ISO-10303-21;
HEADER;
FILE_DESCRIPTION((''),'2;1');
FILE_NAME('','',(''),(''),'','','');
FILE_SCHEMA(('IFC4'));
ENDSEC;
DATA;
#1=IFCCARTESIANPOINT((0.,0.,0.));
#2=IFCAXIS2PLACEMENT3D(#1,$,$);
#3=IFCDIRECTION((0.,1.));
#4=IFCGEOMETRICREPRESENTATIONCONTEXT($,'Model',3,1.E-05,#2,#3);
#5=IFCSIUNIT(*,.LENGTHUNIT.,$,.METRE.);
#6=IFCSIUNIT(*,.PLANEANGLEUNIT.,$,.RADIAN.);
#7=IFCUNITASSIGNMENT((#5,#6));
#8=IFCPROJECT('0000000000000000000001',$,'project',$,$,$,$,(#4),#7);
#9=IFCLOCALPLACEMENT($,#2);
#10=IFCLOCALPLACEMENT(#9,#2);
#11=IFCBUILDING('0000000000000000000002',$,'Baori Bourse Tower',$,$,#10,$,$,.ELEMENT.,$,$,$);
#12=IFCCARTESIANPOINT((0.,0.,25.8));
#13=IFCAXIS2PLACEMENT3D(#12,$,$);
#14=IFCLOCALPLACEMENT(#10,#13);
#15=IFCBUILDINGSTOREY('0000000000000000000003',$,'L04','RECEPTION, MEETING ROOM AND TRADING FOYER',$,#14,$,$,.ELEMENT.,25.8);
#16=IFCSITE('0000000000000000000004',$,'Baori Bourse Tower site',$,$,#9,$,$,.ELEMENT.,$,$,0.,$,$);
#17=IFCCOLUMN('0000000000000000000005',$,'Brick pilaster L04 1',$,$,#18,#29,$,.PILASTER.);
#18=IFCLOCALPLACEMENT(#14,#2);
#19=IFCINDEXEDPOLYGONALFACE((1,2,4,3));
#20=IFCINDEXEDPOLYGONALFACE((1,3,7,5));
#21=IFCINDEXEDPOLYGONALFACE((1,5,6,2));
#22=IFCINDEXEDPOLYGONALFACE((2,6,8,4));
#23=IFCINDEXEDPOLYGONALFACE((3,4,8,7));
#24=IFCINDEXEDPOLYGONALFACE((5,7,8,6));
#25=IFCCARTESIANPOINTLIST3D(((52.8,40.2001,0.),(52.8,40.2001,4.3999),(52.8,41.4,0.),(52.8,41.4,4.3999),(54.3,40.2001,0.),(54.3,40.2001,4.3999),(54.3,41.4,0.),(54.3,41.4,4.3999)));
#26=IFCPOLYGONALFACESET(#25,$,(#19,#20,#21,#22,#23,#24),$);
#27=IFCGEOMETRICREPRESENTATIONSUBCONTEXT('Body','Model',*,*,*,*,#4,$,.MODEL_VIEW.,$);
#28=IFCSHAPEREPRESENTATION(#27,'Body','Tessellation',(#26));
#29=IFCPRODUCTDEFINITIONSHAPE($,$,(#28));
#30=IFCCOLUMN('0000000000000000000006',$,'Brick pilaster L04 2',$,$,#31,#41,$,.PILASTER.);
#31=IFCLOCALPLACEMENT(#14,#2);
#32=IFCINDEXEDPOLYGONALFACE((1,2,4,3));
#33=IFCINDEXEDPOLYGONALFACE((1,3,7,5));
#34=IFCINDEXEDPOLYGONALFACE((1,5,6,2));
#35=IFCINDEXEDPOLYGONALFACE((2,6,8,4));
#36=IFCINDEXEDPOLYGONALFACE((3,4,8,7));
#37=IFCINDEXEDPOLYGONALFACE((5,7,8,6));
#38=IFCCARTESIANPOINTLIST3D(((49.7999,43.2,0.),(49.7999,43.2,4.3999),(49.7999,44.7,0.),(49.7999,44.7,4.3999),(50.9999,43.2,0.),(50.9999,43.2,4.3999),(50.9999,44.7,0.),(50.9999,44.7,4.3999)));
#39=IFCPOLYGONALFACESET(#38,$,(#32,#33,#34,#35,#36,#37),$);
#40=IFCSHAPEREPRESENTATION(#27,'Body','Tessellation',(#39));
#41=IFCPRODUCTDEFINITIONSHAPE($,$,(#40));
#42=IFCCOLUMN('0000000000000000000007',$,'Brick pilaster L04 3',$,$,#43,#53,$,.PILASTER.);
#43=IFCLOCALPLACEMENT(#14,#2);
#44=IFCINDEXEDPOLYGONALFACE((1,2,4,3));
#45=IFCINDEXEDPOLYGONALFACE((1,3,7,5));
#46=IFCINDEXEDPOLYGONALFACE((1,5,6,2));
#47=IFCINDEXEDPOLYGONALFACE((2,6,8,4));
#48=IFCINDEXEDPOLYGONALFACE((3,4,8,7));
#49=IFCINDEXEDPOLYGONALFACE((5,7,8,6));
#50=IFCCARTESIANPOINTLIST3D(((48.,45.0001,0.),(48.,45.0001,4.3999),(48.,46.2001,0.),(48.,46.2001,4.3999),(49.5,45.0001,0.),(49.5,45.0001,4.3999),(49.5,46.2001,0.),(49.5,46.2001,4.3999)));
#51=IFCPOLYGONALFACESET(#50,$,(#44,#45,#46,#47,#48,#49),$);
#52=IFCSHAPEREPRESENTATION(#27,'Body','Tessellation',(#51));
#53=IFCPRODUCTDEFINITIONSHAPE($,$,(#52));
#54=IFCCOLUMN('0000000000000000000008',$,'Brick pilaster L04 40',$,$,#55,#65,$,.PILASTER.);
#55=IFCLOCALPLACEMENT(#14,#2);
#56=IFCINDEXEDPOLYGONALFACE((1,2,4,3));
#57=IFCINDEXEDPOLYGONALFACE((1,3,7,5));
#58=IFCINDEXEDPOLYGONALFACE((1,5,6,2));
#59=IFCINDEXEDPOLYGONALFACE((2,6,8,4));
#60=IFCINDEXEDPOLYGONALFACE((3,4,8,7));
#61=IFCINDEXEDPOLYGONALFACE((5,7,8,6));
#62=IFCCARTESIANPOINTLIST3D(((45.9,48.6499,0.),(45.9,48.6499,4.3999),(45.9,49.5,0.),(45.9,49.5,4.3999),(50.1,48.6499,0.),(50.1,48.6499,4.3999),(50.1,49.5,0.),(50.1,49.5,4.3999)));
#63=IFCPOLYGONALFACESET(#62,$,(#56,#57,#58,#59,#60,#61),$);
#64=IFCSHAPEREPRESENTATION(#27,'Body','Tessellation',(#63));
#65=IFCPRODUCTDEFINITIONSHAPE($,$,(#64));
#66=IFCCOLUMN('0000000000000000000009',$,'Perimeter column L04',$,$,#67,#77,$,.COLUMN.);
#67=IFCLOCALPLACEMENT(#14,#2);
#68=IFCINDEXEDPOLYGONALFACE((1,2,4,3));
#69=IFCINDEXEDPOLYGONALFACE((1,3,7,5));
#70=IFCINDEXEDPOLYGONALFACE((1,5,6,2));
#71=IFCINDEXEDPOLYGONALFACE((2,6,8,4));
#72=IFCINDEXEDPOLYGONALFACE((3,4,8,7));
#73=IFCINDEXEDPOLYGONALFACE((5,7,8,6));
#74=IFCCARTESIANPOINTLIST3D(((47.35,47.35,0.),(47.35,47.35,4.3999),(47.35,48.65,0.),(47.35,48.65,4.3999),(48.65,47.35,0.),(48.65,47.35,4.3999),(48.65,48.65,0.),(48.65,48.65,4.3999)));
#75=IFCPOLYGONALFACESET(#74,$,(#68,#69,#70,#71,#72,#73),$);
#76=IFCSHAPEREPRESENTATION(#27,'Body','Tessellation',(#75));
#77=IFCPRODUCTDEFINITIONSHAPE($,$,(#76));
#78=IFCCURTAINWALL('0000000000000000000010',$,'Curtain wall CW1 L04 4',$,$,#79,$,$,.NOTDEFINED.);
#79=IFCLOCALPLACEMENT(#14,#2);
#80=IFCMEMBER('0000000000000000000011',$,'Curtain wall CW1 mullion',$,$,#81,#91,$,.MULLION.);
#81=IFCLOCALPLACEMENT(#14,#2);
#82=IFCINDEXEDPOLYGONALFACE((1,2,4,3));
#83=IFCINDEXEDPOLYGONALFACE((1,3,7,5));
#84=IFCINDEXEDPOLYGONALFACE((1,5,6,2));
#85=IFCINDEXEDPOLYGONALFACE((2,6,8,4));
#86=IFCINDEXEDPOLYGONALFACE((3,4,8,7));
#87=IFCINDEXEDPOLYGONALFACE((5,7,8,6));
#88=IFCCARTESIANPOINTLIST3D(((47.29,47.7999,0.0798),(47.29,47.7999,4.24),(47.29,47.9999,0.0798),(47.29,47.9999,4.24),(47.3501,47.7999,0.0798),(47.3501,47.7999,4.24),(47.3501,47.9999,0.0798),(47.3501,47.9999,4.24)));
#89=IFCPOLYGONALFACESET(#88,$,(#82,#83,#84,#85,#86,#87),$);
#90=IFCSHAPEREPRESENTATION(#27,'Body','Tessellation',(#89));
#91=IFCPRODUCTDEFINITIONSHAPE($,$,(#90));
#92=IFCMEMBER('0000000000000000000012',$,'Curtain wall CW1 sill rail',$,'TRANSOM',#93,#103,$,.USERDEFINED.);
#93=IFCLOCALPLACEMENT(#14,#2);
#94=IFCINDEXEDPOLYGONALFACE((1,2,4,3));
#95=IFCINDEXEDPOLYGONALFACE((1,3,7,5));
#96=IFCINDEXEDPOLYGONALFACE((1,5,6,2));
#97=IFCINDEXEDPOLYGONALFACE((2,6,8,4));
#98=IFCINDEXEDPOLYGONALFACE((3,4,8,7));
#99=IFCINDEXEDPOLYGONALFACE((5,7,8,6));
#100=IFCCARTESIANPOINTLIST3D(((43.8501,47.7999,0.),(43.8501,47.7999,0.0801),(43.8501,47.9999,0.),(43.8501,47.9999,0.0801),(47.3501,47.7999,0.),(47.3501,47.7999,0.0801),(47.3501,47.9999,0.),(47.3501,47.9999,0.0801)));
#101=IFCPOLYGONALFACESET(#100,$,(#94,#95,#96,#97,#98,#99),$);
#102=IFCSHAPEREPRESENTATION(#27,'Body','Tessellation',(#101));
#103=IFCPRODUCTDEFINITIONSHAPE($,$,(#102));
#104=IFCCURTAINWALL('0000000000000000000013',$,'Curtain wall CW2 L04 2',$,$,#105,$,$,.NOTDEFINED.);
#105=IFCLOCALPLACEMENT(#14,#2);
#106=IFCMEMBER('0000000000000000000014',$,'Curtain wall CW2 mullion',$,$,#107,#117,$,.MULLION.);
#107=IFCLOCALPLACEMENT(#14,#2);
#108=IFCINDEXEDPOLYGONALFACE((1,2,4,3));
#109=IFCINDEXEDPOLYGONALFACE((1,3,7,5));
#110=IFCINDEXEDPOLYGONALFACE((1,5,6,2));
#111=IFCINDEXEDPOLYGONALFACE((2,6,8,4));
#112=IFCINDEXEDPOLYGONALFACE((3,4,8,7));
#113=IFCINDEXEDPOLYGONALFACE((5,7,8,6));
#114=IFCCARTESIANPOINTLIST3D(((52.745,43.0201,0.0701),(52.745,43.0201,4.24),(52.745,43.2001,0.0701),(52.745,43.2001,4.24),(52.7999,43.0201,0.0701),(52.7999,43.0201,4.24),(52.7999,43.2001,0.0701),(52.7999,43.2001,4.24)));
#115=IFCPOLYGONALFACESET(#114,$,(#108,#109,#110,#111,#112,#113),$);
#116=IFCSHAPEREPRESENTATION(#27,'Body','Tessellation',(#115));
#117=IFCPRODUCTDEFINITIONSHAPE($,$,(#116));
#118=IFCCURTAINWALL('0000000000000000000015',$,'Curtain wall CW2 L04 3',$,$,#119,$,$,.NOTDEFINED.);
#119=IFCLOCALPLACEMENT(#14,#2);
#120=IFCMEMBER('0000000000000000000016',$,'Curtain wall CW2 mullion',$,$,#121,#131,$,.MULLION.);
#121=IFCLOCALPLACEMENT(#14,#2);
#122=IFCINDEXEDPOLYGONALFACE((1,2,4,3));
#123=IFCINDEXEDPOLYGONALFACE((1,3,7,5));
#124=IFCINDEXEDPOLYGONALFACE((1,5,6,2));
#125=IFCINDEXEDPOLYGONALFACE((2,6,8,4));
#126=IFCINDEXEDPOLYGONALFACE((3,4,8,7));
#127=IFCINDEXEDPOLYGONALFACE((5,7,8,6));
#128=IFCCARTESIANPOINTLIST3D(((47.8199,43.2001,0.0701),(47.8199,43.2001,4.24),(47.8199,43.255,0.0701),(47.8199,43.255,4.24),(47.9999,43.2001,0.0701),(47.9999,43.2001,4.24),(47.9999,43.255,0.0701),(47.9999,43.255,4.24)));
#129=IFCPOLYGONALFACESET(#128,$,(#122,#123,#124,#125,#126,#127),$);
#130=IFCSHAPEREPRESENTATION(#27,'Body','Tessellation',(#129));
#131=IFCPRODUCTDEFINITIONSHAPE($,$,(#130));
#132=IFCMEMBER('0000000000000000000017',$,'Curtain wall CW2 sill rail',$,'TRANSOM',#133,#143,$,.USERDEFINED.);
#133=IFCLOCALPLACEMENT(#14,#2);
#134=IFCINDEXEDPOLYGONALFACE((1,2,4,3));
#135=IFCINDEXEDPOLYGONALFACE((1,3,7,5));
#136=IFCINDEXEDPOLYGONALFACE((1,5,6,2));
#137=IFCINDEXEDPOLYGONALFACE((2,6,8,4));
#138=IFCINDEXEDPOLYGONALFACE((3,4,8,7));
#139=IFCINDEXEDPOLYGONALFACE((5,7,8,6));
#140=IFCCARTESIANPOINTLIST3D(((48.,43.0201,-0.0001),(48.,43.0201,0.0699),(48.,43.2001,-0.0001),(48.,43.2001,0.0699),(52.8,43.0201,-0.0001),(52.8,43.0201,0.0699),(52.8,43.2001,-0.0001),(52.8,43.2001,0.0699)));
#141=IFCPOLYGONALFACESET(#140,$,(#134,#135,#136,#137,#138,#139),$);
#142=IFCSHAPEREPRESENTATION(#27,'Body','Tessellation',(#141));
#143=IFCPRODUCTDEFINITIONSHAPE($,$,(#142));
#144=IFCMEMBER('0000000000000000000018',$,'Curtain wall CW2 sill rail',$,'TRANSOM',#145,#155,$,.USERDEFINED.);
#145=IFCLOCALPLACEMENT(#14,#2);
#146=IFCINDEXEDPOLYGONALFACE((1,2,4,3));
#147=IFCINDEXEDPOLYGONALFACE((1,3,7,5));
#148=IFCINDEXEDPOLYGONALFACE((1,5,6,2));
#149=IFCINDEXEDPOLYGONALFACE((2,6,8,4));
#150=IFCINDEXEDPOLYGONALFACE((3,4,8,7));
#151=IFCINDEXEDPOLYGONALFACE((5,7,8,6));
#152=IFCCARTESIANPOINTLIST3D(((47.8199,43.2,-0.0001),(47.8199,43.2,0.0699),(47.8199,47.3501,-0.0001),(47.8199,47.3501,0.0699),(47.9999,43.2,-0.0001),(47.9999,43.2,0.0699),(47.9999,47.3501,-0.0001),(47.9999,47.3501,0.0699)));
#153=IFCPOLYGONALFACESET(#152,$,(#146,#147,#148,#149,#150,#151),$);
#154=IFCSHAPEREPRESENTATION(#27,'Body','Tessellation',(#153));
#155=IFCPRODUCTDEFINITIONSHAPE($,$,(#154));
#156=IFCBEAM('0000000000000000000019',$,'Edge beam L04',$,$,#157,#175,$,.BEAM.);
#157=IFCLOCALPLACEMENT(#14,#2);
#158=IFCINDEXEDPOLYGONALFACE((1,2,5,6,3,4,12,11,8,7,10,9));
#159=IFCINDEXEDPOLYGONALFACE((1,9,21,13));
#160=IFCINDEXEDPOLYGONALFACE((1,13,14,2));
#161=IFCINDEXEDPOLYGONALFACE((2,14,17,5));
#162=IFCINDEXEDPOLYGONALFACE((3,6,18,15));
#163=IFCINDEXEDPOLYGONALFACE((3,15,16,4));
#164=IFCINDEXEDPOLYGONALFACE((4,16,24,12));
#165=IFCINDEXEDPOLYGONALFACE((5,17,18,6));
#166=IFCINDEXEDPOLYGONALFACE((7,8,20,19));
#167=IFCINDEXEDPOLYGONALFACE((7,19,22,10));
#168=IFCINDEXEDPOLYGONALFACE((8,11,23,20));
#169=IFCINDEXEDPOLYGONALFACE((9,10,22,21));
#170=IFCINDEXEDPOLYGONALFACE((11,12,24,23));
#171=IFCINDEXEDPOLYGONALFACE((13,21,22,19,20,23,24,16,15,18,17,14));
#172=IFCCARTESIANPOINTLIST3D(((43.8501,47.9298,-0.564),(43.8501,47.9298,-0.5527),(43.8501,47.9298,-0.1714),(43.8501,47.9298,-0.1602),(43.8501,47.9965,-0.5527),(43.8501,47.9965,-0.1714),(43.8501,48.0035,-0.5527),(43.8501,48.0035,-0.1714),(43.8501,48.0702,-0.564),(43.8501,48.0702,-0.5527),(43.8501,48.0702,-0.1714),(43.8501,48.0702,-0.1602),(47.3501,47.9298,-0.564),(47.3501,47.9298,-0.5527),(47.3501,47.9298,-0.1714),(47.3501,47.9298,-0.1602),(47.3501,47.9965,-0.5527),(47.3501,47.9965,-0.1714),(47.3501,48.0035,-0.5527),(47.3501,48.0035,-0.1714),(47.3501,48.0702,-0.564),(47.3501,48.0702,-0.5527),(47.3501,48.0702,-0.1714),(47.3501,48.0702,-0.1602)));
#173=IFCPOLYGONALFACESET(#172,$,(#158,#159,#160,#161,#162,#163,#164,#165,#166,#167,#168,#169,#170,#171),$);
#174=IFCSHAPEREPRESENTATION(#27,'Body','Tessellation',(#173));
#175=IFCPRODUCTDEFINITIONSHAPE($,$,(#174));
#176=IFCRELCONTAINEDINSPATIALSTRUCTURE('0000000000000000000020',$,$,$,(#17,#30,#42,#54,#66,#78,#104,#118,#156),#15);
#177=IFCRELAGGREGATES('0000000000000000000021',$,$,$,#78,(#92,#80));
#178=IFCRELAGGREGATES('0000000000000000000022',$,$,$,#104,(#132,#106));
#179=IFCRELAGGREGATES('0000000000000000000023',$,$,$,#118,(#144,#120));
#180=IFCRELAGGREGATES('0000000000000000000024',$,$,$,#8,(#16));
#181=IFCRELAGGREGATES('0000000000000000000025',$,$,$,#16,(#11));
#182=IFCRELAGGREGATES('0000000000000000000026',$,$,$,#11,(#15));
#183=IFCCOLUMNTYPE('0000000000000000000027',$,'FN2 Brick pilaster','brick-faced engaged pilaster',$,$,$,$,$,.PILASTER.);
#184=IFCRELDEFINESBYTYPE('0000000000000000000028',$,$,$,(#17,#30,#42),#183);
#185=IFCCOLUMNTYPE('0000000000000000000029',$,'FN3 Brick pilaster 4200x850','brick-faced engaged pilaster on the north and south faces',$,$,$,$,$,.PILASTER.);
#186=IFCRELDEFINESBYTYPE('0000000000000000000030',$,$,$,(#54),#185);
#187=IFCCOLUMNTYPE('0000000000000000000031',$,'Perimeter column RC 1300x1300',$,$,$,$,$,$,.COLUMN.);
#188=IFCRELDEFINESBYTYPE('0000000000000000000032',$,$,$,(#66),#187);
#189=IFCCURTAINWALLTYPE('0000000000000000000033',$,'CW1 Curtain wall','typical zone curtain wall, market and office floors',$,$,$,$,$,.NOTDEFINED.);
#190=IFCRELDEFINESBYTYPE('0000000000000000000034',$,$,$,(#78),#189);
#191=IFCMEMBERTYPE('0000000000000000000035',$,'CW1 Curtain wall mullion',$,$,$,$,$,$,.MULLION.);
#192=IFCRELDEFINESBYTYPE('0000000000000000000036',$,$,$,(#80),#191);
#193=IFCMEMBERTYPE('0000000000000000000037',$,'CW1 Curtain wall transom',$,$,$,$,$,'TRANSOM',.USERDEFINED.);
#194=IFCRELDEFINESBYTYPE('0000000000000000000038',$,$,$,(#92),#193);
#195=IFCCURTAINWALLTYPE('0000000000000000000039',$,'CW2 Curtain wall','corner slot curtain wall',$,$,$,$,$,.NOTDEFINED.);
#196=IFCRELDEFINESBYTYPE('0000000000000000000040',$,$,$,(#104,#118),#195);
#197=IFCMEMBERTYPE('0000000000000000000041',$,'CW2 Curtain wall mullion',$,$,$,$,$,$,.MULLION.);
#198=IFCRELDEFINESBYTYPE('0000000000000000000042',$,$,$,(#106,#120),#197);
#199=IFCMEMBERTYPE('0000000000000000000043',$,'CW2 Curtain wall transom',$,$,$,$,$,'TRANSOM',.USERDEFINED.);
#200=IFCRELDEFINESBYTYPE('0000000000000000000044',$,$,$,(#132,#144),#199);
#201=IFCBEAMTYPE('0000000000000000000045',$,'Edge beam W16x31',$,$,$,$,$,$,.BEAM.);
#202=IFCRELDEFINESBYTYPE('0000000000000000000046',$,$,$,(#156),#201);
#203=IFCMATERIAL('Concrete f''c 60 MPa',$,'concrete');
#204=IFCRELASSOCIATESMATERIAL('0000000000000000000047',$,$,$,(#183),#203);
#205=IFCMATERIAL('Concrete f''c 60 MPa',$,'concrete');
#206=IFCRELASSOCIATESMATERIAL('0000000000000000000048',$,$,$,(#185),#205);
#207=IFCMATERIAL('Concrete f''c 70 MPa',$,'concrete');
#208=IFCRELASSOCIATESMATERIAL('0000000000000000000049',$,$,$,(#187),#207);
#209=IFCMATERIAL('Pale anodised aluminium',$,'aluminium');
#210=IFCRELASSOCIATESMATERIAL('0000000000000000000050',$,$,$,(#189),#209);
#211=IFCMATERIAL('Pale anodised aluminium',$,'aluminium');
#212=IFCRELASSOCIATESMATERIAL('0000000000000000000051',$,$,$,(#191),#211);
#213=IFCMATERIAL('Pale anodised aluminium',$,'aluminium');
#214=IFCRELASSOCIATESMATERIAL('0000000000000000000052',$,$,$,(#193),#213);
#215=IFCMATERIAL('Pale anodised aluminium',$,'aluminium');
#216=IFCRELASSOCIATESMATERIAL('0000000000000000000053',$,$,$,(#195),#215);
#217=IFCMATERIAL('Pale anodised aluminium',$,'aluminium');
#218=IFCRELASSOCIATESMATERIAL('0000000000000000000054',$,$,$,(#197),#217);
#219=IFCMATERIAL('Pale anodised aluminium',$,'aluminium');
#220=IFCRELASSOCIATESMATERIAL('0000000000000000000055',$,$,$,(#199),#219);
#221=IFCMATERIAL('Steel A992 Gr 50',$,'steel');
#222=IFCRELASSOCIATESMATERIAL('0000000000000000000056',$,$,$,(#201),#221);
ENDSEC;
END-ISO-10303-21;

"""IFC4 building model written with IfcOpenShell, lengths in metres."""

from ifc_helpers import new_model, si_unit, direction, frame, origin, origin_2d, place, context, subcontext, project, spatial, rectangle, i_section, extrude, material, material_profile, profile_set, type_object, element, aggregate, save


model = new_model("IFC4")

# Units and contexts
model_context = context("Model", 3, precision=1e-05, world=origin(), true_north=direction((0.0, 1.0)))
body_context = subcontext(model_context, "Body", "Model", "MODEL_VIEW")
ifc_project = project(units=[si_unit("LENGTHUNIT", "METRE"), si_unit("PLANEANGLEUNIT", "RADIAN")], contexts=[model_context])

# Site, building, storey
site_placement = place(None, origin())
site = spatial("IfcSite", under=ifc_project, at=site_placement, Name="Baori Bourse Tower site", CompositionType="ELEMENT", RefElevation=0.0)
building_placement = place(site_placement, origin())
building = spatial("IfcBuilding", under=site, at=building_placement, Name="Baori Bourse Tower", CompositionType="ELEMENT")
storey_placement = place(building_placement, frame((0.0, 0.0, 25.8)))
storey = spatial("IfcBuildingStorey", under=building, at=storey_placement, Name="L04", Description="RECEPTION, MEETING ROOM AND TRADING FOYER", CompositionType="ELEMENT", Elevation=25.8)

# Columns
ifc_material_1 = material(Name="Concrete f'c 60 MPa", Category="concrete")
ifc_material_profile_1 = material_profile(ifc_material_1, rectangle(XDim=1.2, YDim=1.5, at=origin_2d()), Name="RC 1200x1500")
ifc_profile_set_1 = profile_set([ifc_material_profile_1], Name="Concrete f'c 60 MPa")
column_type_1 = type_object("IfcColumnType", Name="FN2 Brick pilaster", Description="brick-faced engaged pilaster", PredefinedType="PILASTER", material=ifc_profile_set_1)
for number, where, z_axis, x_axis, name in (
    (1, (53.55, 40.8, 0.0), (0.0, 0.0, 1.0), (0.0, 1.0, 0.0), "Brick pilaster L04 1"),
    (2, (50.3999, 43.95, 0.0), (0.0, 0.0, 1.0), (1.0, 0.0, 0.0), "Brick pilaster L04 2"),
    (3, (48.75, 45.6001, 0.0), (0.0, 0.0, 1.0), (0.0, 1.0, 0.0), "Brick pilaster L04 3"),
):
    element("IfcColumn", number, at=place(storey_placement, frame(where, z_axis=z_axis, x_axis=x_axis)), inside=storey, type_object=column_type_1, Name=name, PredefinedType="PILASTER", context=body_context, shape_type="SweptSolid", body=[
        extrude(rectangle(XDim=1.2, YDim=1.5, at=origin_2d()), origin(), (0.0, 0.0, 1.0), 4.3999),
    ])
ifc_material_2 = material(Name="Concrete f'c 60 MPa", Category="concrete")
ifc_material_profile_2 = material_profile(ifc_material_2, rectangle(XDim=4.2, YDim=0.8501, at=origin_2d()), Name="RC 4200x850")
ifc_profile_set_2 = profile_set([ifc_material_profile_2], Name="Concrete f'c 60 MPa")
column_type_2 = type_object("IfcColumnType", Name="FN3 Brick pilaster 4200x850", Description="brick-faced engaged pilaster on the north and south faces", PredefinedType="PILASTER", material=ifc_profile_set_2)
column_1_placement = place(storey_placement, frame((48.0, 49.075, 0.0), z_axis=(0.0, 0.0, 1.0), x_axis=(1.0, 0.0, 0.0)))
element("IfcColumn", 4, at=column_1_placement, inside=storey, type_object=column_type_2, Name="Brick pilaster L04 40", PredefinedType="PILASTER", context=body_context, shape_type="SweptSolid", body=[
    extrude(rectangle(XDim=4.2, YDim=0.8501, at=origin_2d()), origin(), (0.0, 0.0, 1.0), 4.3999),
])
ifc_material_3 = material(Name="Concrete f'c 70 MPa", Category="concrete")
ifc_material_profile_3 = material_profile(ifc_material_3, rectangle(XDim=1.3, YDim=1.3, at=origin_2d()), Name="RC 1300x1300")
ifc_profile_set_3 = profile_set([ifc_material_profile_3], Name="Concrete f'c 70 MPa")
column_type_3 = type_object("IfcColumnType", Name="Perimeter column RC 1300x1300", PredefinedType="COLUMN", material=ifc_profile_set_3)
column_2_placement = place(storey_placement, frame((48.0, 48.0, 0.0), z_axis=(0.0, 0.0, 1.0), x_axis=(1.0, 0.0, 0.0)))
element("IfcColumn", 5, at=column_2_placement, inside=storey, type_object=column_type_3, Name="Perimeter column L04", PredefinedType="COLUMN", context=body_context, shape_type="SweptSolid", body=[
    extrude(rectangle(XDim=1.3, YDim=1.3, at=origin_2d()), origin(), (0.0, 0.0, 1.0), 4.3999),
])

# Curtain wall, members
ifc_material_4 = material(Name="Pale anodised aluminium", Category="aluminium")
curtain_wall_type_1 = type_object("IfcCurtainWallType", Name="CW1 Curtain wall", Description="typical zone curtain wall, market and office floors", PredefinedType="NOTDEFINED", material=ifc_material_4)
curtain_wall_1_placement = place(storey_placement, origin())
curtain_wall_1 = element("IfcCurtainWall", 6, at=curtain_wall_1_placement, inside=storey, type_object=curtain_wall_type_1, Name="Curtain wall CW1 L04 4", PredefinedType="NOTDEFINED")
ifc_material_5 = material(Name="Pale anodised aluminium", Category="aluminium")
ifc_material_profile_4 = material_profile(ifc_material_5, rectangle(XDim=0.2, YDim=0.0601, at=origin_2d()), Name="Mullion 60x200")
ifc_profile_set_4 = profile_set([ifc_material_profile_4], Name="Pale anodised aluminium")
member_type_1 = type_object("IfcMemberType", Name="CW1 Curtain wall mullion", PredefinedType="MULLION", material=ifc_profile_set_4)
member_1_placement = place(storey_placement, frame((47.3201, 47.8999, 0.0798), z_axis=(0.0, 0.0, 1.0), x_axis=(0.0, -1.0, 0.0)))
member_1 = element("IfcMember", 7, at=member_1_placement, type_object=member_type_1, Name="Curtain wall CW1 mullion", PredefinedType="MULLION", context=body_context, shape_type="SweptSolid", body=[
    extrude(rectangle(XDim=0.2, YDim=0.0601, at=origin_2d()), origin(), (0.0, 0.0, 1.0), 4.1602),
])
ifc_material_6 = material(Name="Pale anodised aluminium", Category="aluminium")
ifc_material_profile_5 = material_profile(ifc_material_6, rectangle(XDim=0.2, YDim=0.0801, at=origin_2d()), Name="Transom 80x200")
ifc_profile_set_5 = profile_set([ifc_material_profile_5], Name="Pale anodised aluminium")
member_type_2 = type_object("IfcMemberType", Name="CW1 Curtain wall transom", ElementType="TRANSOM", PredefinedType="USERDEFINED", material=ifc_profile_set_5)
member_2_placement = place(storey_placement, frame((47.3501, 47.8999, 0.04), z_axis=(-1.0, 0.0, 0.0), x_axis=(0.0, -1.0, 0.0)))
member_2 = element("IfcMember", 8, at=member_2_placement, type_object=member_type_2, Name="Curtain wall CW1 sill rail", ObjectType="TRANSOM", PredefinedType="USERDEFINED", context=body_context, shape_type="SweptSolid", body=[
    extrude(rectangle(XDim=0.2, YDim=0.0801, at=origin_2d()), origin(), (0.0, 0.0, 1.0), 3.5),
])

# Curtain walls, members
ifc_material_7 = material(Name="Pale anodised aluminium", Category="aluminium")
curtain_wall_type_2 = type_object("IfcCurtainWallType", Name="CW2 Curtain wall", Description="corner slot curtain wall", PredefinedType="NOTDEFINED", material=ifc_material_7)
curtain_wall_2_placement = place(storey_placement, origin())
curtain_wall_2 = element("IfcCurtainWall", 9, at=curtain_wall_2_placement, inside=storey, type_object=curtain_wall_type_2, Name="Curtain wall CW2 L04 2", PredefinedType="NOTDEFINED")
ifc_material_8 = material(Name="Pale anodised aluminium", Category="aluminium")
ifc_material_profile_6 = material_profile(ifc_material_8, rectangle(XDim=0.1799, YDim=0.0549, at=origin_2d()), Name="Mullion 55x180")
ifc_profile_set_6 = profile_set([ifc_material_profile_6], Name="Pale anodised aluminium")
member_type_3 = type_object("IfcMemberType", Name="CW2 Curtain wall mullion", PredefinedType="MULLION", material=ifc_profile_set_6)
member_3_placement = place(storey_placement, frame((52.7725, 43.1101, 0.0701), z_axis=(0.0, 0.0, 1.0), x_axis=(0.0, -1.0, 0.0)))
member_3 = element("IfcMember", 10, at=member_3_placement, type_object=member_type_3, Name="Curtain wall CW2 mullion", PredefinedType="MULLION", context=body_context, shape_type="SweptSolid", body=[
    extrude(rectangle(XDim=0.1799, YDim=0.0549, at=origin_2d()), origin(), (0.0, 0.0, 1.0), 4.1699),
])
curtain_wall_3_placement = place(storey_placement, origin())
curtain_wall_3 = element("IfcCurtainWall", 11, at=curtain_wall_3_placement, inside=storey, type_object=curtain_wall_type_2, Name="Curtain wall CW2 L04 3", PredefinedType="NOTDEFINED")
member_4_placement = place(storey_placement, frame((47.9099, 43.2275, 0.0701), z_axis=(0.0, 0.0, 1.0), x_axis=(-1.0, 0.0, 0.0)))
member_4 = element("IfcMember", 12, at=member_4_placement, type_object=member_type_3, Name="Curtain wall CW2 mullion", PredefinedType="MULLION", context=body_context, shape_type="SweptSolid", body=[
    extrude(rectangle(XDim=0.1799, YDim=0.0549, at=origin_2d()), origin(), (0.0, 0.0, 1.0), 4.1699),
])

# Members
ifc_material_9 = material(Name="Pale anodised aluminium", Category="aluminium")
ifc_material_profile_7 = material_profile(ifc_material_9, rectangle(XDim=0.1799, YDim=0.0701, at=origin_2d()), Name="Transom 70x180")
ifc_profile_set_7 = profile_set([ifc_material_profile_7], Name="Pale anodised aluminium")
member_type_4 = type_object("IfcMemberType", Name="CW2 Curtain wall transom", ElementType="TRANSOM", PredefinedType="USERDEFINED", material=ifc_profile_set_7)
member_5_placement = place(storey_placement, frame((52.8, 43.1101, 0.0349), z_axis=(-1.0, 0.0, 0.0), x_axis=(0.0, -1.0, 0.0)))
member_5 = element("IfcMember", 13, at=member_5_placement, type_object=member_type_4, Name="Curtain wall CW2 sill rail", ObjectType="TRANSOM", PredefinedType="USERDEFINED", context=body_context, shape_type="SweptSolid", body=[
    extrude(rectangle(XDim=0.1799, YDim=0.0701, at=origin_2d()), origin(), (0.0, 0.0, 1.0), 4.8),
])
member_6_placement = place(storey_placement, frame((47.9099, 43.2, 0.0349), z_axis=(0.0, 1.0, 0.0), x_axis=(-1.0, 0.0, 0.0)))
member_6 = element("IfcMember", 14, at=member_6_placement, type_object=member_type_4, Name="Curtain wall CW2 sill rail", ObjectType="TRANSOM", PredefinedType="USERDEFINED", context=body_context, shape_type="SweptSolid", body=[
    extrude(rectangle(XDim=0.1799, YDim=0.0701, at=origin_2d()), origin(), (0.0, 0.0, 1.0), 4.1501),
])

# Beam
ifc_material_10 = material(Name="Steel A992 Gr 50", Category="steel")
ifc_material_profile_8 = material_profile(ifc_material_10, i_section(OverallWidth=0.1404, OverallDepth=0.4038, WebThickness=0.0071, FlangeThickness=0.0112, at=origin_2d()), Name="W16x31")
ifc_profile_set_8 = profile_set([ifc_material_profile_8], Name="Steel A992 Gr 50")
beam_type = type_object("IfcBeamType", Name="Edge beam W16x31", PredefinedType="BEAM", material=ifc_profile_set_8)
beam_placement = place(storey_placement, frame((43.8501, 48.0, -0.3621), z_axis=(1.0, 0.0, 0.0), x_axis=(0.0, 1.0, 0.0)))
element("IfcBeam", 15, at=beam_placement, inside=storey, type_object=beam_type, Name="Edge beam L04", PredefinedType="BEAM", context=body_context, shape_type="SweptSolid", body=[
    extrude(i_section(OverallWidth=0.1404, OverallDepth=0.4038, WebThickness=0.0071, FlangeThickness=0.0112, at=origin_2d()), origin(), (0.0, 0.0, 1.0), 3.5),
])

aggregate(curtain_wall_1, [member_2, member_1])

aggregate(curtain_wall_2, [member_5, member_3])
aggregate(curtain_wall_3, [member_6, member_4])

save(model, "model.ifc")
